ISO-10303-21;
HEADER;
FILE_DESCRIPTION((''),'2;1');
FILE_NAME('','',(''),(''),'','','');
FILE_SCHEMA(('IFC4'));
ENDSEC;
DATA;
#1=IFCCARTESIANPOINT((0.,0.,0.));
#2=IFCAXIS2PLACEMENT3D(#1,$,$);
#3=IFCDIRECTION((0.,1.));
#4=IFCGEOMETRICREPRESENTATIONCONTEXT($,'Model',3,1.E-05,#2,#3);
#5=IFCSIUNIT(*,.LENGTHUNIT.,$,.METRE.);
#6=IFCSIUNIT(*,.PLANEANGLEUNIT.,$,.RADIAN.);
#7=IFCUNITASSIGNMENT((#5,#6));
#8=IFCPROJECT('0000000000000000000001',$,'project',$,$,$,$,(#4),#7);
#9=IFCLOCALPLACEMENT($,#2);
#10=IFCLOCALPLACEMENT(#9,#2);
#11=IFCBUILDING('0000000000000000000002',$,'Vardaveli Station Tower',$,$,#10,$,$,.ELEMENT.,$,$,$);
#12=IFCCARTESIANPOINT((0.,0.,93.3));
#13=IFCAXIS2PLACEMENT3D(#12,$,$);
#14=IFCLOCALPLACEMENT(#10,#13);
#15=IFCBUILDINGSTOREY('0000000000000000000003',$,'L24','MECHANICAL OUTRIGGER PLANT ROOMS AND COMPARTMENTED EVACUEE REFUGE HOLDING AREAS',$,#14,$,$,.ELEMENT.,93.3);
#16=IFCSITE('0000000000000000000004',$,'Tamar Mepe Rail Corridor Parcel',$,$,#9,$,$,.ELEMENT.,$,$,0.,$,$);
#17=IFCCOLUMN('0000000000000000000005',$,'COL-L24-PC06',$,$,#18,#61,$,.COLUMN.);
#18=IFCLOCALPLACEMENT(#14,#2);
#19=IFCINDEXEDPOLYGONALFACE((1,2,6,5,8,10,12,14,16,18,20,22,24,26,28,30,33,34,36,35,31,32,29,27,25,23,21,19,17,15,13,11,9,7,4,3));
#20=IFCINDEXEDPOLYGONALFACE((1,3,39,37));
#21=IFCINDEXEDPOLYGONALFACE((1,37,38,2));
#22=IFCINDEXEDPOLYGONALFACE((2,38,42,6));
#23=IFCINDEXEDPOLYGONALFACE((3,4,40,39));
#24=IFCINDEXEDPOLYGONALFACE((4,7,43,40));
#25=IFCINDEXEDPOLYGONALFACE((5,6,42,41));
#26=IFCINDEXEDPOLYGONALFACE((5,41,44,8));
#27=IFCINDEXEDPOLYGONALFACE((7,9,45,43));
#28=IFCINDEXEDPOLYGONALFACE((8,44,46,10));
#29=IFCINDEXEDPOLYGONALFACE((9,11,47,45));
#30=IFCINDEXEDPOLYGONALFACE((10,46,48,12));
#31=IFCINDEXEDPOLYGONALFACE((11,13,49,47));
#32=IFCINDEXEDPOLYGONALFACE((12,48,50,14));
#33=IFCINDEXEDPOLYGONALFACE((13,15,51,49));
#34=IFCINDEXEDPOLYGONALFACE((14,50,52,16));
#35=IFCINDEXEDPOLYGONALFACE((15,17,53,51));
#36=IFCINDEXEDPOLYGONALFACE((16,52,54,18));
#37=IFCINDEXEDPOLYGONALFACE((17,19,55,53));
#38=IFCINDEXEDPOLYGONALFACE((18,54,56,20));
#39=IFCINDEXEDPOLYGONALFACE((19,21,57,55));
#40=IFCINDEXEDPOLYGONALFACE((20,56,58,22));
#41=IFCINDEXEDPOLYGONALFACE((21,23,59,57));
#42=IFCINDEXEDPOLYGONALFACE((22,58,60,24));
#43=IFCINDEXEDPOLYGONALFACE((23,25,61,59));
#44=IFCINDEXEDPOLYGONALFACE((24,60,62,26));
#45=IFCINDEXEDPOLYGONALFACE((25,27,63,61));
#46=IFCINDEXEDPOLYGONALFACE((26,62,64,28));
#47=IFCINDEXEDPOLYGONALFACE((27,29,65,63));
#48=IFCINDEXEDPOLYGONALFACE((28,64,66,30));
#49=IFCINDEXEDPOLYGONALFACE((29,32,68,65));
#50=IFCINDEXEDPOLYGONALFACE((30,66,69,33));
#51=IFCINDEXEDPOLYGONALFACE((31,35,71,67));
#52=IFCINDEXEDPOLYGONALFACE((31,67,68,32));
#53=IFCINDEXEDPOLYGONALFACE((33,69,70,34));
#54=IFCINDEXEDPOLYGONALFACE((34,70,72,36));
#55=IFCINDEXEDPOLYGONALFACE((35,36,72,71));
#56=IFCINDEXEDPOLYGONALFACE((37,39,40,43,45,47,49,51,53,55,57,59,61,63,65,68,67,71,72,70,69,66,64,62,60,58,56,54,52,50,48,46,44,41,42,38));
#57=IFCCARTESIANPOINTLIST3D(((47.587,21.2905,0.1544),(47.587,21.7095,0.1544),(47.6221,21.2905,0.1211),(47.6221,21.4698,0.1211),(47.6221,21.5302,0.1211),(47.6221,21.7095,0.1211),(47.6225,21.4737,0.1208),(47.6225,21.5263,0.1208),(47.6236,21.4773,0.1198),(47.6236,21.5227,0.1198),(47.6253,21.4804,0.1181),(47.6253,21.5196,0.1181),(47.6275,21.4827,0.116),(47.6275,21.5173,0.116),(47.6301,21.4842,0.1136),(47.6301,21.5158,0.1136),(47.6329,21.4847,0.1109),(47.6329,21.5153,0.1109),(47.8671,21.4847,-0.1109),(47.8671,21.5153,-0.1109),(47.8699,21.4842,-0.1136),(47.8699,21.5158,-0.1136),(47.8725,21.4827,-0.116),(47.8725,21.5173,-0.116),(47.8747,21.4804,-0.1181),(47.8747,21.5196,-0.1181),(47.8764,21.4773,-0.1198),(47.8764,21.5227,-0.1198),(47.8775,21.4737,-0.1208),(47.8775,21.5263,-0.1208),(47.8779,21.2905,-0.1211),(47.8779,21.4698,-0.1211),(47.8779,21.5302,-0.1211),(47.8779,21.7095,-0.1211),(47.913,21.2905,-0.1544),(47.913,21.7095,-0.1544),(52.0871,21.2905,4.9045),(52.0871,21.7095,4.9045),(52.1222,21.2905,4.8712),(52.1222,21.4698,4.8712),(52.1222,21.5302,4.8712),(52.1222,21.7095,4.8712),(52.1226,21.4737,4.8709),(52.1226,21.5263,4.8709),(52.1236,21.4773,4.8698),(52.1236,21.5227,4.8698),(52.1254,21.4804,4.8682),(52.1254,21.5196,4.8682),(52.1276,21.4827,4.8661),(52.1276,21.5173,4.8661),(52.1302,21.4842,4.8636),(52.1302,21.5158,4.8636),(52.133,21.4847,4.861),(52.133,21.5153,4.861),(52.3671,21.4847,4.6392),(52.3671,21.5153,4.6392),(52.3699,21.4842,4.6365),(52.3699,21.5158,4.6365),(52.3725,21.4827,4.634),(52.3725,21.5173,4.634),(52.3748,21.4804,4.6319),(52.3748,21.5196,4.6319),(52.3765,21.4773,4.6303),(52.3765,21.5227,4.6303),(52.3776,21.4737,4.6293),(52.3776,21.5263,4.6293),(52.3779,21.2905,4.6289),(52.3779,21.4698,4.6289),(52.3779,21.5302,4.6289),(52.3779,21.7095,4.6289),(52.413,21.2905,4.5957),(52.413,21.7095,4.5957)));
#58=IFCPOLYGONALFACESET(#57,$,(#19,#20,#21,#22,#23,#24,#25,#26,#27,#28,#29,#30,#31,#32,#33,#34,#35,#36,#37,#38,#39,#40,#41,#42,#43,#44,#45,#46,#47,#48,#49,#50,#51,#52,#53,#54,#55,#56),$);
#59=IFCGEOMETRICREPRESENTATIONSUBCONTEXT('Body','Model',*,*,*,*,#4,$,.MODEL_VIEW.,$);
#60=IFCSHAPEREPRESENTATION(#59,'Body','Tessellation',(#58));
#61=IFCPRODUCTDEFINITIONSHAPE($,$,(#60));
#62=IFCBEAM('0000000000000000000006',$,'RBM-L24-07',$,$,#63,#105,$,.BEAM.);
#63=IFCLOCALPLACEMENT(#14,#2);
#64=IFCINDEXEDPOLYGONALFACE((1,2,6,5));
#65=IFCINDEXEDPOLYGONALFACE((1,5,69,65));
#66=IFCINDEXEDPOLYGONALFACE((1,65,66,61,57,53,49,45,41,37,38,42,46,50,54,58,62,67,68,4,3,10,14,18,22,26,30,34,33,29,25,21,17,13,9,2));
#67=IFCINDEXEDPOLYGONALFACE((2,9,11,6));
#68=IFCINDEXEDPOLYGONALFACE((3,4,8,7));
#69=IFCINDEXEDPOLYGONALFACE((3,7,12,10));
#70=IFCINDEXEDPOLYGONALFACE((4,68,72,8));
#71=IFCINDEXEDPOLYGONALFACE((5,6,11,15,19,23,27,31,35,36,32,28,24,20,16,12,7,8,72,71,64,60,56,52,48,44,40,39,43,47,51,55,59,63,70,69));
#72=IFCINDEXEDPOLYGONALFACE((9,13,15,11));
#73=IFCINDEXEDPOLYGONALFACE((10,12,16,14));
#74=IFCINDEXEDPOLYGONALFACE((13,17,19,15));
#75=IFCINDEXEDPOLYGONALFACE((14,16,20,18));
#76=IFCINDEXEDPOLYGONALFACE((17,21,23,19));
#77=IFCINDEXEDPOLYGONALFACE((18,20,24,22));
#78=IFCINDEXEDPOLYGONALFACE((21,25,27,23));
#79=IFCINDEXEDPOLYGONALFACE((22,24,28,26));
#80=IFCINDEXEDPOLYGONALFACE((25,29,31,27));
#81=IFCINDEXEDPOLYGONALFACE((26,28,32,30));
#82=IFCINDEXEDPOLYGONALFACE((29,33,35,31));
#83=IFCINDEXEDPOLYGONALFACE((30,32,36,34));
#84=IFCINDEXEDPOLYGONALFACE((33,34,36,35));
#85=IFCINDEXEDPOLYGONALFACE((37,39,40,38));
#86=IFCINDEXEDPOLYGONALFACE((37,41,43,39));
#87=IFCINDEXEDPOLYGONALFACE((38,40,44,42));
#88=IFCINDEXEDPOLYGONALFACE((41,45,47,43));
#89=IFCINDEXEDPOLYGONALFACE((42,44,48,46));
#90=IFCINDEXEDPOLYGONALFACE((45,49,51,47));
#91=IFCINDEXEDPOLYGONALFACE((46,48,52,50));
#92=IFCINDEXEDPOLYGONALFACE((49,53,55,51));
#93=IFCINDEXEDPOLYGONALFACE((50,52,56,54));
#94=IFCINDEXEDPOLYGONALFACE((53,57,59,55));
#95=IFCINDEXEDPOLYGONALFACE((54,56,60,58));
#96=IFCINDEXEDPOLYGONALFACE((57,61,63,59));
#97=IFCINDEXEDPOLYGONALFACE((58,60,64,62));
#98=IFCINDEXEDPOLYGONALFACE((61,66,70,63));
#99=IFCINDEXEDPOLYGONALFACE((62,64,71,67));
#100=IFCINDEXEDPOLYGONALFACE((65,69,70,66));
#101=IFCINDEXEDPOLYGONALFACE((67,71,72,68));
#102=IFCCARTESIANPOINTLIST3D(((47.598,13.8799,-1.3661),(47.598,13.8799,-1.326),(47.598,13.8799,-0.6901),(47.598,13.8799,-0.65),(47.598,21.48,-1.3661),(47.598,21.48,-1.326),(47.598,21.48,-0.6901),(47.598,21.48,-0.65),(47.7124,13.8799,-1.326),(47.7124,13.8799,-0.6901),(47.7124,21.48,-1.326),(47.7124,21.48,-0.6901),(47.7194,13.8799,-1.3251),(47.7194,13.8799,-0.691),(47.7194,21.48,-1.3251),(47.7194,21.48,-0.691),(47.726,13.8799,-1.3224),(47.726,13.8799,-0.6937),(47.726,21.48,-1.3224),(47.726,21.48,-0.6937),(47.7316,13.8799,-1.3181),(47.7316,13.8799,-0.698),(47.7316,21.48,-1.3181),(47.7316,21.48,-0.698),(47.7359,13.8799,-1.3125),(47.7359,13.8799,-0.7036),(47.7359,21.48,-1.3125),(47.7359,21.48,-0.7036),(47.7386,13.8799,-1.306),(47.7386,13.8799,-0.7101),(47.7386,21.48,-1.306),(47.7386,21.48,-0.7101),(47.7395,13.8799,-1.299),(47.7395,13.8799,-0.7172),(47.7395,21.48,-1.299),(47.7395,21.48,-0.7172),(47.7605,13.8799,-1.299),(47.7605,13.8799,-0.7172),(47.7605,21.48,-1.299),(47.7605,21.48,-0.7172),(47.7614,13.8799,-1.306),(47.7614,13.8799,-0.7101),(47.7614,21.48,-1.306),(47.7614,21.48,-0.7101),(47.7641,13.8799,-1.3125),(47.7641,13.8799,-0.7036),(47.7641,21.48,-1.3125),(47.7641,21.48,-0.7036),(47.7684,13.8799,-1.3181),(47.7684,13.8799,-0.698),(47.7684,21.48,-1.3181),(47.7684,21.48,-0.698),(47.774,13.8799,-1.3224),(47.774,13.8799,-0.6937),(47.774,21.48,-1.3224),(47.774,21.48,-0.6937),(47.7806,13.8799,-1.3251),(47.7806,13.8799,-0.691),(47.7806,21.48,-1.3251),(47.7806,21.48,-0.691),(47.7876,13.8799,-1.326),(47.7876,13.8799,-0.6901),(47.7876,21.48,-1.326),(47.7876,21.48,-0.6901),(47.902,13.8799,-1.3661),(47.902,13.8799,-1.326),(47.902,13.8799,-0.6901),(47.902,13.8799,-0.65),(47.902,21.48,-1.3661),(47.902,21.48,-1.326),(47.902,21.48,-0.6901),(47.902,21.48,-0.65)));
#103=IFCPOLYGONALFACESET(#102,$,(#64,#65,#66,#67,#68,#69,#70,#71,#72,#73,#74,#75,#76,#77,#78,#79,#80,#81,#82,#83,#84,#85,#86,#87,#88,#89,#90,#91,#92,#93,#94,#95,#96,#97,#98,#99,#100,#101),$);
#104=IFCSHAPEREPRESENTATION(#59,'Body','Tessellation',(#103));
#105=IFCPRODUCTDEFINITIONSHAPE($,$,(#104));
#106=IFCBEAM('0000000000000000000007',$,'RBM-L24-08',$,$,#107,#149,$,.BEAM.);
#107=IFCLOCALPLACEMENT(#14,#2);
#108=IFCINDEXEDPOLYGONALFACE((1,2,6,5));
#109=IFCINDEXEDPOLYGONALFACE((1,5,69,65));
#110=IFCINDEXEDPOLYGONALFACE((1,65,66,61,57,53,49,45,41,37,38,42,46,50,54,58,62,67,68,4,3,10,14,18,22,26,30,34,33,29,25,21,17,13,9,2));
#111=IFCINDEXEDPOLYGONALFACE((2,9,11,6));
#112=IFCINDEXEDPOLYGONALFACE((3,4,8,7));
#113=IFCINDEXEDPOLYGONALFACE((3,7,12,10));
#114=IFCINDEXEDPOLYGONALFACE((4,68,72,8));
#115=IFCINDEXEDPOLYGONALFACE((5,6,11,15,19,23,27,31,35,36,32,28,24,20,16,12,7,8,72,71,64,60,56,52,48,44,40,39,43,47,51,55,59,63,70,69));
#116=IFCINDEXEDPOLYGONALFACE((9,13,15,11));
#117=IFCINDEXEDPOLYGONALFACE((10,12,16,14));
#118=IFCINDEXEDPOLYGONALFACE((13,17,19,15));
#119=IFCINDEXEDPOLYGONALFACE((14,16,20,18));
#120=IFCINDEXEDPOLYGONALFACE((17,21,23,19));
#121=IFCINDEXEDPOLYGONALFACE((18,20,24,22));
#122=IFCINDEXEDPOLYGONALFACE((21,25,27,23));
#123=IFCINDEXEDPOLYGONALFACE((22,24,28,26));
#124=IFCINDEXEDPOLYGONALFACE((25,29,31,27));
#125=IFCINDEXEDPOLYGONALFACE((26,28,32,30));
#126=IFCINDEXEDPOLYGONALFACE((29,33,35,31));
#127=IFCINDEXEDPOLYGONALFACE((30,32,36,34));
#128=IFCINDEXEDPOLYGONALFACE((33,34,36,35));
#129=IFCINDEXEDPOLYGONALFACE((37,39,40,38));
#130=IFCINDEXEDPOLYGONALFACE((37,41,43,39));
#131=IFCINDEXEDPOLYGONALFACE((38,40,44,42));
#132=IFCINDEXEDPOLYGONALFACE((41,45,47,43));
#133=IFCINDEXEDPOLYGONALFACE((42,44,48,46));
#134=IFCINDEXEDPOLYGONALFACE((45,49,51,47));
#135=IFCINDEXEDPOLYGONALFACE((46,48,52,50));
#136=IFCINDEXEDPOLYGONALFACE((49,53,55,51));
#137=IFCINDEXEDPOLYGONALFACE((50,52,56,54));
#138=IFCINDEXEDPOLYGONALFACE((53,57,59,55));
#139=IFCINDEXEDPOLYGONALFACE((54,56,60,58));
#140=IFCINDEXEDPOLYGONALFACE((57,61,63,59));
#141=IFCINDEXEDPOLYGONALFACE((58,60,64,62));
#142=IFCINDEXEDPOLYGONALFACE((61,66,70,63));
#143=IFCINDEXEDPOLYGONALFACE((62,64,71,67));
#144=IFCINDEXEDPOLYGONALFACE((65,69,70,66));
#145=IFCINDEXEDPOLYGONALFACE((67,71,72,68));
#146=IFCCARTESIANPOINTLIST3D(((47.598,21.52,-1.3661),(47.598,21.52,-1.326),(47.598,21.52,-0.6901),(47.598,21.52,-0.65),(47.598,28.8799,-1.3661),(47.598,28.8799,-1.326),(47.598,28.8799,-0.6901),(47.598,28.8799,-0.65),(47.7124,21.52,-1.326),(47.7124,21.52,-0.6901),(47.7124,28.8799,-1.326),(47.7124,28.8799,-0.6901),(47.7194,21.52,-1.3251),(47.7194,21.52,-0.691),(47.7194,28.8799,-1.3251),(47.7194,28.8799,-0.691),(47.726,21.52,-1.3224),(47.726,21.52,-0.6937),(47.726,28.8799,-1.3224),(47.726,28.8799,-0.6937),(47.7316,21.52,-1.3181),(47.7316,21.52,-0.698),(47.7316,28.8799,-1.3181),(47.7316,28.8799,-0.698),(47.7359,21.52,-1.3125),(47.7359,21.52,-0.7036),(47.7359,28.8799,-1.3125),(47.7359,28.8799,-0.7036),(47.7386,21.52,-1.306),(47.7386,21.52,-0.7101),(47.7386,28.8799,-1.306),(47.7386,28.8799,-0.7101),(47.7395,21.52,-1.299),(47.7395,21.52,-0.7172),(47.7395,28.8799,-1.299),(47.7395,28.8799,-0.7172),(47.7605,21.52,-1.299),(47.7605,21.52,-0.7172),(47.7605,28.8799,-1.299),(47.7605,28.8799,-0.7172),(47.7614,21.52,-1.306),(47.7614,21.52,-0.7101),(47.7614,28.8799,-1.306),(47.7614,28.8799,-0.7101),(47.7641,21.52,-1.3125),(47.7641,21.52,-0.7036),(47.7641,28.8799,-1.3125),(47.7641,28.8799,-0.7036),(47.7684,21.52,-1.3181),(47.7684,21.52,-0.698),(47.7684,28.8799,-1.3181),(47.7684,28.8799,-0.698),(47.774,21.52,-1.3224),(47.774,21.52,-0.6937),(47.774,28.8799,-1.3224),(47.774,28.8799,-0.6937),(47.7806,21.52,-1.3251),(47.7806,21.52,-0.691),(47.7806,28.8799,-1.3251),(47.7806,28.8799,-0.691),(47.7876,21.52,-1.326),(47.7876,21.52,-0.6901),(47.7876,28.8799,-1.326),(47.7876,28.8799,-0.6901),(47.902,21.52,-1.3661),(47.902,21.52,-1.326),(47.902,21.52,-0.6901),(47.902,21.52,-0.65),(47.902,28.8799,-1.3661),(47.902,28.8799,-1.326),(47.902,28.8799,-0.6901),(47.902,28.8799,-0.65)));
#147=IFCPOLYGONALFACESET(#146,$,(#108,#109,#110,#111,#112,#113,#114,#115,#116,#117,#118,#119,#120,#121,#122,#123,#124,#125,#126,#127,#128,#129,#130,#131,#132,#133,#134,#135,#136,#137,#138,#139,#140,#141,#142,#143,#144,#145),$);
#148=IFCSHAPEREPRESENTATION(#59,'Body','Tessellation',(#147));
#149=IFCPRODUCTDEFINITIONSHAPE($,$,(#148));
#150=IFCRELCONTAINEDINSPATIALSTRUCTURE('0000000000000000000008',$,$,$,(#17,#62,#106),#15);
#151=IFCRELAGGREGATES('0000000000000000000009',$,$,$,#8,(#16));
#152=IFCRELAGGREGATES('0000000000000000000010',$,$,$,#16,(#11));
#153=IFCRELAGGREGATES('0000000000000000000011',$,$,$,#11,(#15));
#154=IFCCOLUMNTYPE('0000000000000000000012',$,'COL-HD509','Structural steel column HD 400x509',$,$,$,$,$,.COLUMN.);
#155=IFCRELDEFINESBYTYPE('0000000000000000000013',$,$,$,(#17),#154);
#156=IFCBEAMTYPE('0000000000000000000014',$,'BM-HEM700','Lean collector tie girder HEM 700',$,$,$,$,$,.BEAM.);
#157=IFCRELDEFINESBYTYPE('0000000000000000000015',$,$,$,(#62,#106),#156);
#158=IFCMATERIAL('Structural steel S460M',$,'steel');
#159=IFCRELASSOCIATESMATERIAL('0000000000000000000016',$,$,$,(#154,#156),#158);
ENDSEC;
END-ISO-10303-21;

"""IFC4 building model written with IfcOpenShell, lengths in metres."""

from ifc_helpers import new_model, si_unit, direction, frame, origin, origin_2d, place, context, subcontext, project, spatial, i_section, extrude, source, transform, mapped, material, material_profile, profile_set, type_object, element, save


model = new_model("IFC4")

# Units and contexts
model_context = context("Model", 3, precision=1e-05, world=origin(), true_north=direction((0.0, 1.0)))
body_context = subcontext(model_context, "Body", "Model", "MODEL_VIEW")
ifc_project = project(units=[si_unit("LENGTHUNIT", "METRE"), si_unit("PLANEANGLEUNIT", "RADIAN")], contexts=[model_context])

# Site, building, storey
site_placement = place(None, origin())
site = spatial("IfcSite", under=ifc_project, at=site_placement, Name="Tamar Mepe Rail Corridor Parcel", CompositionType="ELEMENT", RefElevation=0.0)
building_placement = place(site_placement, origin())
building = spatial("IfcBuilding", under=site, at=building_placement, Name="Vardaveli Station Tower", CompositionType="ELEMENT")
storey_placement = place(building_placement, frame((0.0, 0.0, 93.3)))
storey = spatial("IfcBuildingStorey", under=building, at=storey_placement, Name="L24", Description="MECHANICAL OUTRIGGER PLANT ROOMS AND COMPARTMENTED EVACUEE REFUGE HOLDING AREAS", CompositionType="ELEMENT", Elevation=93.3)

# Column
ifc_material_1 = material(Name="Structural steel S460M", Category="steel")
ifc_material_profile_1 = material_profile(ifc_material_1, i_section(OverallWidth=0.4189, OverallDepth=0.449, WebThickness=0.0305, FlangeThickness=0.0483, FilletRadius=0.0149, at=origin_2d()), Name="HD 400x509")
ifc_profile_set_1 = profile_set([ifc_material_profile_1], Name="Structural steel S460M")
column_type = type_object("IfcColumnType", Name="COL-HD509", Description="Structural steel column HD 400x509", PredefinedType="COLUMN", material=ifc_profile_set_1)
shared_shape_1 = source(origin(), body_context, "Body", "SweptSolid", [
    extrude(i_section(OverallWidth=0.4189, OverallDepth=0.449, WebThickness=0.0305, FlangeThickness=0.0483, FilletRadius=0.0149, at=origin_2d()), origin(), (0.0, 0.0, 1.0), 6.5432),
])
column_placement = place(storey_placement, frame((47.75, 21.5, 0.0), z_axis=(0.687745, 0.0, 0.725953), x_axis=(0.0, 1.0, 0.0)))
element("IfcColumn", 1, at=column_placement, inside=storey, type_object=column_type, Name="COL-L24-PC06", PredefinedType="COLUMN", context=body_context, shape_type="MappedRepresentation", body=[
    mapped(shared_shape_1, transform((0.0, 0.0, 0.0), scale=1.0)),
])

# Beams
ifc_material_profile_2 = material_profile(ifc_material_1, i_section(OverallWidth=0.304, OverallDepth=0.7161, WebThickness=0.021, FlangeThickness=0.04, FilletRadius=0.0271, at=origin_2d()), Name="HEM 700")
ifc_profile_set_2 = profile_set([ifc_material_profile_2], Name="Structural steel S460M")
beam_type_1 = type_object("IfcBeamType", Name="BM-HEM700", Description="Lean collector tie girder HEM 700", PredefinedType="BEAM", material=ifc_profile_set_2)
shared_shape_2 = source(origin(), body_context, "Body", "SweptSolid", [
    extrude(i_section(OverallWidth=0.304, OverallDepth=0.7161, WebThickness=0.021, FlangeThickness=0.04, FilletRadius=0.0271, at=origin_2d()), origin(), (0.0, 0.0, 1.0), 7.6001),
])
beam_1_placement = place(storey_placement, frame((47.75, 13.8799, -1.0081), z_axis=(0.0, 1.0, 0.0), x_axis=(-1.0, 0.0, 0.0)))
element("IfcBeam", 2, at=beam_1_placement, inside=storey, type_object=beam_type_1, Name="RBM-L24-07", PredefinedType="BEAM", context=body_context, shape_type="MappedRepresentation", body=[
    mapped(shared_shape_2, transform((0.0, 0.0, 0.0), scale=1.0)),
])
shared_shape_3 = source(origin(), body_context, "Body", "SweptSolid", [
    extrude(i_section(OverallWidth=0.304, OverallDepth=0.7161, WebThickness=0.021, FlangeThickness=0.04, FilletRadius=0.0271, at=origin_2d()), origin(), (0.0, 0.0, 1.0), 7.3599),
])
beam_2_placement = place(storey_placement, frame((47.75, 21.52, -1.0081), z_axis=(0.0, 1.0, 0.0), x_axis=(-1.0, 0.0, 0.0)))
element("IfcBeam", 3, at=beam_2_placement, inside=storey, type_object=beam_type_1, Name="RBM-L24-08", PredefinedType="BEAM", context=body_context, shape_type="MappedRepresentation", body=[
    mapped(shared_shape_3, transform((0.0, 0.0, 0.0), scale=1.0)),
])

save(model, "model.ifc")
